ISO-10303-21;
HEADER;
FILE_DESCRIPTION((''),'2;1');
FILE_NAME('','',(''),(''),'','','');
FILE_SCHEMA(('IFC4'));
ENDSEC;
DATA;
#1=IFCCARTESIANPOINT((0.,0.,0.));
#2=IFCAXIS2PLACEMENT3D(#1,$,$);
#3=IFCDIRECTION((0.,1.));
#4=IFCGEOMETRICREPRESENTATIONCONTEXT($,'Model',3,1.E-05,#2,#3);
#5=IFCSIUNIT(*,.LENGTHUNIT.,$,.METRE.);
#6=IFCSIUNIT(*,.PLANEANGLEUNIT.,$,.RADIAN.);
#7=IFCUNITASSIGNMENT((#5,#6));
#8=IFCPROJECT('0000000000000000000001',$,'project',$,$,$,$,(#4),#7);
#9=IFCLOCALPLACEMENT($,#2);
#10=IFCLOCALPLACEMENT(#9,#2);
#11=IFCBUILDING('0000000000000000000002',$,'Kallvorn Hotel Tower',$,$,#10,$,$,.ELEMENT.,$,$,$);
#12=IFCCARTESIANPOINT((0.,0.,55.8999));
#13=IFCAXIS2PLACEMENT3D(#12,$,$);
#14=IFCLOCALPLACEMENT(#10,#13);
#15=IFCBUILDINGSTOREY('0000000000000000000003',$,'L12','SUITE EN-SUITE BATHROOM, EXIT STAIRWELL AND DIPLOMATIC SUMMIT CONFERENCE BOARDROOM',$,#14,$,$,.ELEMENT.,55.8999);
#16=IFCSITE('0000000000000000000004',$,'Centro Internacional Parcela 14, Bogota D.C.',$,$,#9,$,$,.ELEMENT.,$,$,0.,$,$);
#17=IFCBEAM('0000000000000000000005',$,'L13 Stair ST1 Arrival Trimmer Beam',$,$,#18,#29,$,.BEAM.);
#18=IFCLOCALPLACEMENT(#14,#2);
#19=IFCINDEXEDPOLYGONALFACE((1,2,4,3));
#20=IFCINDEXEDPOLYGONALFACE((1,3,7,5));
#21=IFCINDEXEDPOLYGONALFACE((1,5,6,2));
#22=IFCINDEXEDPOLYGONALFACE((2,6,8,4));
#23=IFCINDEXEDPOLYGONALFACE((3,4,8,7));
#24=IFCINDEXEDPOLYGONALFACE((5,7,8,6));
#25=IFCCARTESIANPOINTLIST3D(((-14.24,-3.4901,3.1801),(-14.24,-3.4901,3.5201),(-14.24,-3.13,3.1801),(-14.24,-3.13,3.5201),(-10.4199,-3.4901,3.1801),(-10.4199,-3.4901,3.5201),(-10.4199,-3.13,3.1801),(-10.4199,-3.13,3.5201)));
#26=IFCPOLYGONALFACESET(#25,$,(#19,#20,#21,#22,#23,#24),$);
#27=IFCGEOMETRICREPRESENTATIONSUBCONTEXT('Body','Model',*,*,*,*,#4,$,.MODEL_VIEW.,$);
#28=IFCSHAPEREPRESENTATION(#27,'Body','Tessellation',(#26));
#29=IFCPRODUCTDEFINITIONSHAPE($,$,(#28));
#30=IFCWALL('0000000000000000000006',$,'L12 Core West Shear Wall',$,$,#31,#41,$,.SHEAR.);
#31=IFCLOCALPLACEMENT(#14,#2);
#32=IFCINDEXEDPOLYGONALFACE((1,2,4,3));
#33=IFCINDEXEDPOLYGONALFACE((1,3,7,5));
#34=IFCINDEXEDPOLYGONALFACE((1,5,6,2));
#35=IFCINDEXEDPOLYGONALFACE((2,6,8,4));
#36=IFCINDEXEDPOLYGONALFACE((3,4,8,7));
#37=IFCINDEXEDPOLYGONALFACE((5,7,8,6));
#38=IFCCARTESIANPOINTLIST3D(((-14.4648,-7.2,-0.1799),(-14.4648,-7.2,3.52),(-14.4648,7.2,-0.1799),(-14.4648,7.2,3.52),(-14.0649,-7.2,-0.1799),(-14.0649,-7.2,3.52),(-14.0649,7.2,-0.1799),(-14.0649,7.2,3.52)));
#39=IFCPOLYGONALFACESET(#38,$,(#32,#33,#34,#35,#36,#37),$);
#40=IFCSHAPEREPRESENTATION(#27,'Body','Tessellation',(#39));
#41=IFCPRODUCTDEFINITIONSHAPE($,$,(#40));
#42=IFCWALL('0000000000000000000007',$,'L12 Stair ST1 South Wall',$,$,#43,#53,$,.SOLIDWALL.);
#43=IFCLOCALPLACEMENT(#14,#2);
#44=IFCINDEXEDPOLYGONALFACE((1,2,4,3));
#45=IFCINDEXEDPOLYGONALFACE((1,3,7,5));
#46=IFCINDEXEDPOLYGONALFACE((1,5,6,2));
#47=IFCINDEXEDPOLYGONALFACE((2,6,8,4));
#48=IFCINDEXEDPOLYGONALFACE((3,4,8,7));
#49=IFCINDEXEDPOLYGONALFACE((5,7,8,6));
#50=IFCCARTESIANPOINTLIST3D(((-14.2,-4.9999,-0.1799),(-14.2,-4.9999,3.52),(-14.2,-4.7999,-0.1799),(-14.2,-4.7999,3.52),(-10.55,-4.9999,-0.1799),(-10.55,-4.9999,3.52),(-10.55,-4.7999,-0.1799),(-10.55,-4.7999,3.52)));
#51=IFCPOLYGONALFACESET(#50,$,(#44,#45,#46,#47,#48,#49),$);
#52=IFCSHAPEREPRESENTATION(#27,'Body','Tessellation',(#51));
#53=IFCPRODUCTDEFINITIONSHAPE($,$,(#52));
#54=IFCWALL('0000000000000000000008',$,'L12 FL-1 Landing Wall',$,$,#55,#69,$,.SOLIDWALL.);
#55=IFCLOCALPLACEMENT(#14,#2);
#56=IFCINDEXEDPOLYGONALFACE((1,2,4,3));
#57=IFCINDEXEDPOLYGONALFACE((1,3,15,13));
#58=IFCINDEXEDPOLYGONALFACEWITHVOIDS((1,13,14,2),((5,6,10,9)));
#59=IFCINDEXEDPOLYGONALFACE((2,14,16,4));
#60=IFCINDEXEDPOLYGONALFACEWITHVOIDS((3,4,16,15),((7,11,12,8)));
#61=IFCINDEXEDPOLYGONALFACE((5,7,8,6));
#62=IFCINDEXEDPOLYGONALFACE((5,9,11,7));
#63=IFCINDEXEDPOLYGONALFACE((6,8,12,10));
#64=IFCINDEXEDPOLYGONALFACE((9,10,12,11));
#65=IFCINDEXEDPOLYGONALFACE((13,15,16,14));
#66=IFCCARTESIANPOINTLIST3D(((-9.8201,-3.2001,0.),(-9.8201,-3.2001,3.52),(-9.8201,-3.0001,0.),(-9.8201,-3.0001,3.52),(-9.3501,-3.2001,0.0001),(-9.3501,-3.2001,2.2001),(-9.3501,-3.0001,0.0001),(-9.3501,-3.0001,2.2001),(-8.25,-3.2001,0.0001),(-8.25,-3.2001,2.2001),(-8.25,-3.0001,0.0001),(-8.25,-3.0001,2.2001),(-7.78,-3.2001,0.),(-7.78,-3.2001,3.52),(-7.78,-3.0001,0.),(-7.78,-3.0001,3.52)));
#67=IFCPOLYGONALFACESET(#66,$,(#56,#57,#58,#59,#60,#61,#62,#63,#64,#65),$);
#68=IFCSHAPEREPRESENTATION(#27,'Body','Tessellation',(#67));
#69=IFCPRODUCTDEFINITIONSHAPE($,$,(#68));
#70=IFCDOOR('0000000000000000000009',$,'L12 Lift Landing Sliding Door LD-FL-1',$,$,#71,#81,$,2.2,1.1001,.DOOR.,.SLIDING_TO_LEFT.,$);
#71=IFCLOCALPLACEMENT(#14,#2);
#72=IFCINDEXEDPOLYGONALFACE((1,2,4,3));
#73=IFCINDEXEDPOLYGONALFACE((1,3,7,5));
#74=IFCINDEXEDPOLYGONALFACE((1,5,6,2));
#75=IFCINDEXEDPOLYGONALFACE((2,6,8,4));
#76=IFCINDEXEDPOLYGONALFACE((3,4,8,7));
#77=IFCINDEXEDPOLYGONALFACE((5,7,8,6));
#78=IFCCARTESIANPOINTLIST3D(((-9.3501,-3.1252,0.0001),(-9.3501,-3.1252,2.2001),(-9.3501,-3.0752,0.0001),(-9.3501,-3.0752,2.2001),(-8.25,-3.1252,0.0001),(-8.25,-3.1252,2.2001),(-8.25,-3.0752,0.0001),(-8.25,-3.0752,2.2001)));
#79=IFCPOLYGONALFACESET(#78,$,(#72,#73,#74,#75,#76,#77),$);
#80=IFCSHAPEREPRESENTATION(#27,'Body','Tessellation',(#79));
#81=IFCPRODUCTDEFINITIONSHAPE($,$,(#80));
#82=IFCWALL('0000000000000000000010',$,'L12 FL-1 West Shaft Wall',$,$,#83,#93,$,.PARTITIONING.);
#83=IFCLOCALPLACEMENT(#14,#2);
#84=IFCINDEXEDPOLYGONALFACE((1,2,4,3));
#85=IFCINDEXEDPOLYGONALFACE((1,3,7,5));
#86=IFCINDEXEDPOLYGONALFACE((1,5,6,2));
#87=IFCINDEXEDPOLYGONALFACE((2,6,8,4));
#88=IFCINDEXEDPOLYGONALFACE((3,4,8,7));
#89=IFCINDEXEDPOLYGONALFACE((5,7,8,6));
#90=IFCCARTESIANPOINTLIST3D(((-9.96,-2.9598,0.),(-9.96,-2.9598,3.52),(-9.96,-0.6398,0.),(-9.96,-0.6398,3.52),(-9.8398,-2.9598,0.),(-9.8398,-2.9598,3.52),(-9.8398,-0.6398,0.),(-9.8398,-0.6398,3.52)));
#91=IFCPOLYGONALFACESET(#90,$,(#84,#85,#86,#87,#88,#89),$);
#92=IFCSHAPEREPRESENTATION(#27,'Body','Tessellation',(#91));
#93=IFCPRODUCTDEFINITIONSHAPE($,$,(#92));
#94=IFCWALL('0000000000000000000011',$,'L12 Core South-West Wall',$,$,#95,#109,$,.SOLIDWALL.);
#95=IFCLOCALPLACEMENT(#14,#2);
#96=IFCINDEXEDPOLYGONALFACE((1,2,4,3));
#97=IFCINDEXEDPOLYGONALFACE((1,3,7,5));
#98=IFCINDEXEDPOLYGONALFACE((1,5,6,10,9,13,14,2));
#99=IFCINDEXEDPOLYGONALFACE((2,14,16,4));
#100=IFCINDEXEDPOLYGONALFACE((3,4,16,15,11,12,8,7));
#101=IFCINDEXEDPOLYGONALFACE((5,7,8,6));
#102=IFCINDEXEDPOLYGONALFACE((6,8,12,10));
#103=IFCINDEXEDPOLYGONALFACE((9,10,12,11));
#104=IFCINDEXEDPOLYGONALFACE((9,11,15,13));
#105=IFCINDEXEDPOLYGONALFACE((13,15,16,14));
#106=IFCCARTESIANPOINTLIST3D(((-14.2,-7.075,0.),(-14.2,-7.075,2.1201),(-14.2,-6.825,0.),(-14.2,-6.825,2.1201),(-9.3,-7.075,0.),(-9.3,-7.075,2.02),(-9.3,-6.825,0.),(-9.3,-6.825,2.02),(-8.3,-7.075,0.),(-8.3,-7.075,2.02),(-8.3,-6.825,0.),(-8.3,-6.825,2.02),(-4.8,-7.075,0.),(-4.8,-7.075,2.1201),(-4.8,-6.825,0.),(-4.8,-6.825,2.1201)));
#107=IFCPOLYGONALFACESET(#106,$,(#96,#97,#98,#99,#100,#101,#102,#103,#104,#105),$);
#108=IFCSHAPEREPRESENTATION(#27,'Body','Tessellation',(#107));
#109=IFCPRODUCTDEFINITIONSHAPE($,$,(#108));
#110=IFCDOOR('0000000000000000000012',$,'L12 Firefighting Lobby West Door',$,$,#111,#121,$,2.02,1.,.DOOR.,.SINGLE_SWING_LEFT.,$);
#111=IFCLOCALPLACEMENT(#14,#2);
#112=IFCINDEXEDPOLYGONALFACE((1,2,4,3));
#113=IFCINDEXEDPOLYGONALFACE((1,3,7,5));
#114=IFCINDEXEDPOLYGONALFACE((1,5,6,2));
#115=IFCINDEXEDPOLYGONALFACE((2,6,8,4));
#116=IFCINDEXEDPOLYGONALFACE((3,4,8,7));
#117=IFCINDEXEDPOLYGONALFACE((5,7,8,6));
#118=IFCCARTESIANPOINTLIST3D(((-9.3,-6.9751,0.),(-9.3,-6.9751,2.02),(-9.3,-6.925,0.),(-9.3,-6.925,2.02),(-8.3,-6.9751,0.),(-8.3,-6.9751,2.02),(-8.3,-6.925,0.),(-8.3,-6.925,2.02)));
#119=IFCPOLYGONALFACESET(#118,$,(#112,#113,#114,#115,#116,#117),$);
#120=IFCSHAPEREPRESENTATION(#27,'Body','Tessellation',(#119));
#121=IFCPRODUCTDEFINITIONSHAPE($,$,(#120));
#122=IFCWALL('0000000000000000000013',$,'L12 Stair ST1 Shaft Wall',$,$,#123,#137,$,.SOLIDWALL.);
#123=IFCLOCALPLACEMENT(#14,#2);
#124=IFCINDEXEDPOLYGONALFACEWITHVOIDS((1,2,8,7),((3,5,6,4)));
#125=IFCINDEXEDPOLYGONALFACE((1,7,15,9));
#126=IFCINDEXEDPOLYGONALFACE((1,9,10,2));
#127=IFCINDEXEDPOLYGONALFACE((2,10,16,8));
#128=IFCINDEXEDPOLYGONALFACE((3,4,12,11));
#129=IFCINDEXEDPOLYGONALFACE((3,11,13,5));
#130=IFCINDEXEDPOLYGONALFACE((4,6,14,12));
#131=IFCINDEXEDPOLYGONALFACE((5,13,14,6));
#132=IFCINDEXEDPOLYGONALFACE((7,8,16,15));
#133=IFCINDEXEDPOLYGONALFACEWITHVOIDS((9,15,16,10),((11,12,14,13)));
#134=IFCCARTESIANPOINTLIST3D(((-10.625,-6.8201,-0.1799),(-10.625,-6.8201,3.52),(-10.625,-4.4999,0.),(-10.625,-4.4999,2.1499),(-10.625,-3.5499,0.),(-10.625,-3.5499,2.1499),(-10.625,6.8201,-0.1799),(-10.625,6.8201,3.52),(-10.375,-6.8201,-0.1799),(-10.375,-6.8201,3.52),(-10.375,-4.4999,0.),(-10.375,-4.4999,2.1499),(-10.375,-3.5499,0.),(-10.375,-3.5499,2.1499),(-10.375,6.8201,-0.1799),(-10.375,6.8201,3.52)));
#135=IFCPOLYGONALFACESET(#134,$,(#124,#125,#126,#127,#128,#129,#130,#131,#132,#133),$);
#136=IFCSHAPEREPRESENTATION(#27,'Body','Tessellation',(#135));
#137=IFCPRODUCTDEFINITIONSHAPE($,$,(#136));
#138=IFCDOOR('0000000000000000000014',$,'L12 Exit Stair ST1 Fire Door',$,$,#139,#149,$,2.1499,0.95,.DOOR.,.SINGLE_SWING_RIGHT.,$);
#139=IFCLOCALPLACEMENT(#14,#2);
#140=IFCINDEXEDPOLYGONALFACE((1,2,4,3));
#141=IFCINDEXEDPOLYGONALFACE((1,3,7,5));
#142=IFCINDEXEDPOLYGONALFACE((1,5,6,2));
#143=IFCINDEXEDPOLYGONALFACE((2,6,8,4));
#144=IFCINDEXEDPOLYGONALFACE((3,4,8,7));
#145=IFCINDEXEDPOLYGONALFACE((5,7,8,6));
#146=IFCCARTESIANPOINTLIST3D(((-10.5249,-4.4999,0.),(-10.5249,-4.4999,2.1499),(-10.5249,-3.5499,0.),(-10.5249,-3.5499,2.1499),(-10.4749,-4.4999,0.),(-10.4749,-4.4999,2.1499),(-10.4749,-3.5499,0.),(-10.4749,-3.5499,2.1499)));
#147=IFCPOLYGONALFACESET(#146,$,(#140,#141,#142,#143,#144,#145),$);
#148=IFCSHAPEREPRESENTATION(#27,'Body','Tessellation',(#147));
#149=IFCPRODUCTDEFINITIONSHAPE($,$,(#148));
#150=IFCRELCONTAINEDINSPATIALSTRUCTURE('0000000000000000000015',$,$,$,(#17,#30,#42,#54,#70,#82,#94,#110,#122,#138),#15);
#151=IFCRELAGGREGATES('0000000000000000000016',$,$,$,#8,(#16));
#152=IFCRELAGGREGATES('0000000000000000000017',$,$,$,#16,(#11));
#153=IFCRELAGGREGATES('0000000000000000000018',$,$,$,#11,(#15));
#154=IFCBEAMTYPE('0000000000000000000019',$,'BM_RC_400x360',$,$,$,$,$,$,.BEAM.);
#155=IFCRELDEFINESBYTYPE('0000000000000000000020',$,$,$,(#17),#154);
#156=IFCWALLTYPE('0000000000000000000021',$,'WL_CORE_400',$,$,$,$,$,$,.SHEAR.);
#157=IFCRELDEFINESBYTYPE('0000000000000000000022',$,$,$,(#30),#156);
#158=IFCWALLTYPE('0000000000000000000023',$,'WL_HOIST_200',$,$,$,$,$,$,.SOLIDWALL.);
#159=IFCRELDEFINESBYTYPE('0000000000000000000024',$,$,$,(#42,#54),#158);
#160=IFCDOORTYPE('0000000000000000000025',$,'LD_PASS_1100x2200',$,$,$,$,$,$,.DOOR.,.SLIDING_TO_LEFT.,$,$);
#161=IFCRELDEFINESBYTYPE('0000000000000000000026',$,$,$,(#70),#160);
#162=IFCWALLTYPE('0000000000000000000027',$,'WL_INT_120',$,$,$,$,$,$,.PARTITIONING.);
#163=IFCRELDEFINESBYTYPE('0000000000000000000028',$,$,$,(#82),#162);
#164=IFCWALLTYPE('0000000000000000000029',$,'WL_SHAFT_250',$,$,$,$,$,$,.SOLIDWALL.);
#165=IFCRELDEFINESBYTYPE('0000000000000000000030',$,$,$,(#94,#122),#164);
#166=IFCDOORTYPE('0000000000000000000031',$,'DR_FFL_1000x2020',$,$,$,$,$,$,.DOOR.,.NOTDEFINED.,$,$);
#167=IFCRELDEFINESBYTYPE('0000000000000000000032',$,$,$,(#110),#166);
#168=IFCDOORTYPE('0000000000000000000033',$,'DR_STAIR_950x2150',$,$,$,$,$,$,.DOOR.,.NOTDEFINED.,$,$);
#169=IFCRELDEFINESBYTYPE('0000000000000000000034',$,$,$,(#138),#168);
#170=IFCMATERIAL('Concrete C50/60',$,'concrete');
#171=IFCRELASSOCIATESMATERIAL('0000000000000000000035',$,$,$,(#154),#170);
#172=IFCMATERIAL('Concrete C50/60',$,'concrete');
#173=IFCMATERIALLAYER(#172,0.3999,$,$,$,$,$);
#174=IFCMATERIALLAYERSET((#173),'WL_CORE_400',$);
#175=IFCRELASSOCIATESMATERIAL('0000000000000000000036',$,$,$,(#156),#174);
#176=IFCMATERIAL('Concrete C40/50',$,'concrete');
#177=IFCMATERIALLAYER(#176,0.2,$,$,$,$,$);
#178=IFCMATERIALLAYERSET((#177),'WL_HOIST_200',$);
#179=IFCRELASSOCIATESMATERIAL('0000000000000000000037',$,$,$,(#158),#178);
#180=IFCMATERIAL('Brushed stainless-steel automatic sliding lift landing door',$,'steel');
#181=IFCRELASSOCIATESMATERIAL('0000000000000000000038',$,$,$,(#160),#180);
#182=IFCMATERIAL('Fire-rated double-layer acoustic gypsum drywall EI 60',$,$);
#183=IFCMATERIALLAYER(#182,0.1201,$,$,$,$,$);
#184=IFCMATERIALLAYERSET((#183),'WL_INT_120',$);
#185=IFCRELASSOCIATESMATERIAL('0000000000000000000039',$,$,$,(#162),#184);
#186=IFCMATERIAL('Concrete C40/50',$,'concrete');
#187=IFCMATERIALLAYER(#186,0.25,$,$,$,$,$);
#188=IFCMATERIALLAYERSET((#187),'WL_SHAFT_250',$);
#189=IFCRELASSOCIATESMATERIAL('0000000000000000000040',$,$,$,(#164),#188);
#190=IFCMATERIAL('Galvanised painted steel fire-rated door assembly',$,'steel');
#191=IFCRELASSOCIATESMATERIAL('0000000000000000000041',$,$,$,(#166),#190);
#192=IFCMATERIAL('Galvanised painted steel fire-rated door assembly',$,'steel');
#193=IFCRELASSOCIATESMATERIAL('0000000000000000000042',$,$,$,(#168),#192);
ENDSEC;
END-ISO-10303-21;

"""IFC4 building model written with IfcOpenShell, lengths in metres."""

from ifc_helpers import new_model, si_unit, direction, frame, frame_2d, origin, origin_2d, place, context, subcontext, project, spatial, rectangle, extrude, material, layer, layer_set, material_profile, profile_set, type_object, element, fill, save


model = new_model("IFC4")

# Units and contexts
model_context = context("Model", 3, precision=1e-05, world=origin(), true_north=direction((0.0, 1.0)))
body_context = subcontext(model_context, "Body", "Model", "MODEL_VIEW")
ifc_project = project(units=[si_unit("LENGTHUNIT", "METRE"), si_unit("PLANEANGLEUNIT", "RADIAN")], contexts=[model_context])

# Site, building, storey
site_placement = place(None, origin())
site = spatial("IfcSite", under=ifc_project, at=site_placement, Name="Centro Internacional Parcela 14, Bogota D.C.", CompositionType="ELEMENT", RefElevation=0.0)
building_placement = place(site_placement, origin())
building = spatial("IfcBuilding", under=site, at=building_placement, Name="Kallvorn Hotel Tower", CompositionType="ELEMENT")
storey_placement = place(building_placement, frame((0.0, 0.0, 55.8999)))
storey = spatial("IfcBuildingStorey", under=building, at=storey_placement, Name="L12", Description="SUITE EN-SUITE BATHROOM, EXIT STAIRWELL AND DIPLOMATIC SUMMIT CONFERENCE BOARDROOM", CompositionType="ELEMENT", Elevation=55.8999)

# Beam
ifc_material_1 = material(Name="Concrete C50/60", Category="concrete")
ifc_material_profile_1 = material_profile(ifc_material_1, rectangle(XDim=0.3601, YDim=0.3401, at=origin_2d()), Name="RC 360x340")
ifc_profile_set_1 = profile_set([ifc_material_profile_1], Name="Concrete C50/60")
beam_type_1 = type_object("IfcBeamType", Name="BM_RC_400x360", PredefinedType="BEAM", material=ifc_profile_set_1)
beam_1_placement = place(storey_placement, frame((-10.4199, -3.3101, 3.3501), z_axis=(-1.0, 0.0, 0.0), x_axis=(0.0, -1.0, 0.0)))
element("IfcBeam", 1, at=beam_1_placement, inside=storey, type_object=beam_type_1, Name="L13 Stair ST1 Arrival Trimmer Beam", PredefinedType="BEAM", context=body_context, shape_type="SweptSolid", body=[
    extrude(rectangle(XDim=0.3601, YDim=0.3401, at=origin_2d()), origin(), (0.0, 0.0, 1.0), 3.8201),
])

# Walls
ifc_material_2 = material(Name="Concrete C50/60", Category="concrete")
ifc_layer_1 = layer(ifc_material_2, 0.3999)
ifc_layer_set_1 = layer_set([ifc_layer_1], Name="WL_CORE_400")
wall_type_1 = type_object("IfcWallType", Name="WL_CORE_400", PredefinedType="SHEAR", material=ifc_layer_set_1)
wall_1_placement = place(storey_placement, frame((-14.2649, -7.2, -0.1799), z_axis=(0.0, 0.0, 1.0), x_axis=(0.0, 1.0, 0.0)))
element("IfcWall", 2, at=wall_1_placement, inside=storey, type_object=wall_type_1, Name="L12 Core West Shear Wall", PredefinedType="SHEAR", context=body_context, shape_type="SweptSolid", body=[
    extrude(rectangle(XDim=14.3999, YDim=0.3999, at=frame_2d((7.2, 0.0))), origin(), (0.0, 0.0, 1.0), 3.7),
])
ifc_material_3 = material(Name="Concrete C40/50", Category="concrete")
ifc_layer_2 = layer(ifc_material_3, 0.2)
ifc_layer_set_2 = layer_set([ifc_layer_2], Name="WL_HOIST_200")
wall_type_2 = type_object("IfcWallType", Name="WL_HOIST_200", PredefinedType="SOLIDWALL", material=ifc_layer_set_2)
wall_2_placement = place(storey_placement, frame((-14.2, -4.8999, -0.1799), z_axis=(0.0, 0.0, 1.0), x_axis=(1.0, 0.0, 0.0)))
element("IfcWall", 3, at=wall_2_placement, inside=storey, type_object=wall_type_2, Name="L12 Stair ST1 South Wall", PredefinedType="SOLIDWALL", context=body_context, shape_type="SweptSolid", body=[
    extrude(rectangle(XDim=3.6499, YDim=0.2, at=frame_2d((1.825, 0.0))), origin(), (0.0, 0.0, 1.0), 3.7),
])

# Wall, opening, door
wall_3_placement = place(storey_placement, frame((-9.8201, -3.1001, 0.0), z_axis=(0.0, 0.0, 1.0), x_axis=(1.0, 0.0, 0.0)))
wall_3 = element("IfcWall", 4, at=wall_3_placement, inside=storey, type_object=wall_type_2, Name="L12 FL-1 Landing Wall", PredefinedType="SOLIDWALL", context=body_context, shape_type="SweptSolid", body=[
    extrude(rectangle(XDim=2.04, YDim=0.2, at=frame_2d((1.02, 0.0))), origin(), (0.0, 0.0, 1.0), 3.52),
])
opening_1_placement = place(wall_3_placement, frame((0.47, 0.0, 0.0)))
opening_1 = element("IfcOpeningElement", 5, at=opening_1_placement, cuts=wall_3, PredefinedType="OPENING", context=body_context, shape_type="SweptSolid", body=[
    extrude(rectangle(XDim=1.1001, YDim=2.2, at=frame_2d((0.55, 1.1001))), frame((0.0, 0.115, 0.0), z_axis=(0.0, -1.0, 0.0), x_axis=(1.0, 0.0, 0.0)), (0.0, 0.0, 1.0), 0.23),
])
ifc_material_4 = material(Name="Brushed stainless-steel automatic sliding lift landing door", Category="steel")
door_type_1 = type_object("IfcDoorType", Name="LD_PASS_1100x2200", OperationType="SLIDING_TO_LEFT", PredefinedType="DOOR", material=ifc_material_4)
door_1_placement = place(opening_1_placement, origin())
door_1 = element("IfcDoor", 6, at=door_1_placement, inside=storey, type_object=door_type_1, Name="L12 Lift Landing Sliding Door LD-FL-1", OperationType="SLIDING_TO_LEFT", OverallHeight=2.2, OverallWidth=1.1001, PredefinedType="DOOR", context=body_context, shape_type="SweptSolid", body=[
    extrude(rectangle(XDim=1.1001, YDim=2.2, at=frame_2d((0.55, 1.1001))), frame((0.0, 0.0249, 0.0), z_axis=(0.0, -1.0, 0.0), x_axis=(1.0, 0.0, 0.0)), (0.0, 0.0, 1.0), 0.05),
])
fill(opening_1, door_1)

# Wall
ifc_material_5 = material(Name="Fire-rated double-layer acoustic gypsum drywall EI 60")
ifc_layer_3 = layer(ifc_material_5, 0.1201)
ifc_layer_set_3 = layer_set([ifc_layer_3], Name="WL_INT_120")
wall_type_3 = type_object("IfcWallType", Name="WL_INT_120", PredefinedType="PARTITIONING", material=ifc_layer_set_3)
wall_4_placement = place(storey_placement, frame((-9.8999, -2.96, 0.0), z_axis=(0.0, 0.0, 1.0), x_axis=(0.0, 1.0, 0.0)))
element("IfcWall", 7, at=wall_4_placement, inside=storey, type_object=wall_type_3, Name="L12 FL-1 West Shaft Wall", PredefinedType="PARTITIONING", context=body_context, shape_type="SweptSolid", body=[
    extrude(rectangle(XDim=2.3201, YDim=0.1201, at=frame_2d((1.1602, 0.0))), origin(), (0.0, 0.0, 1.0), 3.52),
])

# Walls, openings, doors
ifc_material_6 = material(Name="Concrete C40/50", Category="concrete")
ifc_layer_4 = layer(ifc_material_6, 0.25)
ifc_layer_set_4 = layer_set([ifc_layer_4], Name="WL_SHAFT_250")
wall_type_4 = type_object("IfcWallType", Name="WL_SHAFT_250", PredefinedType="SOLIDWALL", material=ifc_layer_set_4)
wall_5_placement = place(storey_placement, frame((-14.2, -6.95, 0.0), z_axis=(0.0, 0.0, 1.0), x_axis=(1.0, 0.0, 0.0)))
wall_5 = element("IfcWall", 8, at=wall_5_placement, inside=storey, type_object=wall_type_4, Name="L12 Core South-West Wall", PredefinedType="SOLIDWALL", context=body_context, shape_type="SweptSolid", body=[
    extrude(rectangle(XDim=9.3999, YDim=0.25, at=frame_2d((4.7, 0.0))), origin(), (0.0, 0.0, 1.0), 2.1201),
])
opening_2_placement = place(wall_5_placement, frame((4.8999, 0.0, 0.0)))
opening_2 = element("IfcOpeningElement", 9, at=opening_2_placement, cuts=wall_5, PredefinedType="OPENING", context=body_context, shape_type="SweptSolid", body=[
    extrude(rectangle(XDim=1.0, YDim=2.02, at=frame_2d((0.5, 1.01))), frame((0.0, 0.1399, 0.0), z_axis=(0.0, -1.0, 0.0), x_axis=(1.0, 0.0, 0.0)), (0.0, 0.0, 1.0), 0.28),
])
ifc_material_7 = material(Name="Galvanised painted steel fire-rated door assembly", Category="steel")
door_type_2 = type_object("IfcDoorType", Name="DR_FFL_1000x2020", OperationType="NOTDEFINED", PredefinedType="DOOR", material=ifc_material_7)
door_2_placement = place(opening_2_placement, origin())
door_2 = element("IfcDoor", 10, at=door_2_placement, inside=storey, type_object=door_type_2, Name="L12 Firefighting Lobby West Door", OperationType="SINGLE_SWING_LEFT", OverallHeight=2.02, OverallWidth=1.0, PredefinedType="DOOR", context=body_context, shape_type="SweptSolid", body=[
    extrude(rectangle(XDim=1.0, YDim=2.02, at=frame_2d((0.5, 1.01))), frame((0.0, 0.0249, 0.0), z_axis=(0.0, -1.0, 0.0), x_axis=(1.0, 0.0, 0.0)), (0.0, 0.0, 1.0), 0.05),
])
fill(opening_2, door_2)
wall_6_placement = place(storey_placement, frame((-10.5, -6.8201, -0.1799), z_axis=(0.0, 0.0, 1.0), x_axis=(0.0, 1.0, 0.0)))
wall_6 = element("IfcWall", 11, at=wall_6_placement, inside=storey, type_object=wall_type_4, Name="L12 Stair ST1 Shaft Wall", PredefinedType="SOLIDWALL", context=body_context, shape_type="SweptSolid", body=[
    extrude(rectangle(XDim=13.6401, YDim=0.25, at=frame_2d((6.8201, 0.0))), origin(), (0.0, 0.0, 1.0), 3.7),
])
opening_3_placement = place(wall_6_placement, frame((2.3201, 0.0, 0.1799)))
opening_3 = element("IfcOpeningElement", 12, at=opening_3_placement, cuts=wall_6, PredefinedType="OPENING", context=body_context, shape_type="SweptSolid", body=[
    extrude(rectangle(XDim=0.95, YDim=2.1499, at=frame_2d((0.4751, 1.075))), frame((0.0, 0.1399, 0.0), z_axis=(0.0, -1.0, 0.0), x_axis=(1.0, 0.0, 0.0)), (0.0, 0.0, 1.0), 0.28),
])
ifc_material_8 = material(Name="Galvanised painted steel fire-rated door assembly", Category="steel")
door_type_3 = type_object("IfcDoorType", Name="DR_STAIR_950x2150", OperationType="NOTDEFINED", PredefinedType="DOOR", material=ifc_material_8)
door_3_placement = place(opening_3_placement, origin())
door_3 = element("IfcDoor", 13, at=door_3_placement, inside=storey, type_object=door_type_3, Name="L12 Exit Stair ST1 Fire Door", OperationType="SINGLE_SWING_RIGHT", OverallHeight=2.1499, OverallWidth=0.95, PredefinedType="DOOR", context=body_context, shape_type="SweptSolid", body=[
    extrude(rectangle(XDim=0.95, YDim=2.1499, at=frame_2d((0.4751, 1.075))), frame((0.0, 0.0249, 0.0), z_axis=(0.0, -1.0, 0.0), x_axis=(1.0, 0.0, 0.0)), (0.0, 0.0, 1.0), 0.05),
])
fill(opening_3, door_3)

save(model, "model.ifc")
